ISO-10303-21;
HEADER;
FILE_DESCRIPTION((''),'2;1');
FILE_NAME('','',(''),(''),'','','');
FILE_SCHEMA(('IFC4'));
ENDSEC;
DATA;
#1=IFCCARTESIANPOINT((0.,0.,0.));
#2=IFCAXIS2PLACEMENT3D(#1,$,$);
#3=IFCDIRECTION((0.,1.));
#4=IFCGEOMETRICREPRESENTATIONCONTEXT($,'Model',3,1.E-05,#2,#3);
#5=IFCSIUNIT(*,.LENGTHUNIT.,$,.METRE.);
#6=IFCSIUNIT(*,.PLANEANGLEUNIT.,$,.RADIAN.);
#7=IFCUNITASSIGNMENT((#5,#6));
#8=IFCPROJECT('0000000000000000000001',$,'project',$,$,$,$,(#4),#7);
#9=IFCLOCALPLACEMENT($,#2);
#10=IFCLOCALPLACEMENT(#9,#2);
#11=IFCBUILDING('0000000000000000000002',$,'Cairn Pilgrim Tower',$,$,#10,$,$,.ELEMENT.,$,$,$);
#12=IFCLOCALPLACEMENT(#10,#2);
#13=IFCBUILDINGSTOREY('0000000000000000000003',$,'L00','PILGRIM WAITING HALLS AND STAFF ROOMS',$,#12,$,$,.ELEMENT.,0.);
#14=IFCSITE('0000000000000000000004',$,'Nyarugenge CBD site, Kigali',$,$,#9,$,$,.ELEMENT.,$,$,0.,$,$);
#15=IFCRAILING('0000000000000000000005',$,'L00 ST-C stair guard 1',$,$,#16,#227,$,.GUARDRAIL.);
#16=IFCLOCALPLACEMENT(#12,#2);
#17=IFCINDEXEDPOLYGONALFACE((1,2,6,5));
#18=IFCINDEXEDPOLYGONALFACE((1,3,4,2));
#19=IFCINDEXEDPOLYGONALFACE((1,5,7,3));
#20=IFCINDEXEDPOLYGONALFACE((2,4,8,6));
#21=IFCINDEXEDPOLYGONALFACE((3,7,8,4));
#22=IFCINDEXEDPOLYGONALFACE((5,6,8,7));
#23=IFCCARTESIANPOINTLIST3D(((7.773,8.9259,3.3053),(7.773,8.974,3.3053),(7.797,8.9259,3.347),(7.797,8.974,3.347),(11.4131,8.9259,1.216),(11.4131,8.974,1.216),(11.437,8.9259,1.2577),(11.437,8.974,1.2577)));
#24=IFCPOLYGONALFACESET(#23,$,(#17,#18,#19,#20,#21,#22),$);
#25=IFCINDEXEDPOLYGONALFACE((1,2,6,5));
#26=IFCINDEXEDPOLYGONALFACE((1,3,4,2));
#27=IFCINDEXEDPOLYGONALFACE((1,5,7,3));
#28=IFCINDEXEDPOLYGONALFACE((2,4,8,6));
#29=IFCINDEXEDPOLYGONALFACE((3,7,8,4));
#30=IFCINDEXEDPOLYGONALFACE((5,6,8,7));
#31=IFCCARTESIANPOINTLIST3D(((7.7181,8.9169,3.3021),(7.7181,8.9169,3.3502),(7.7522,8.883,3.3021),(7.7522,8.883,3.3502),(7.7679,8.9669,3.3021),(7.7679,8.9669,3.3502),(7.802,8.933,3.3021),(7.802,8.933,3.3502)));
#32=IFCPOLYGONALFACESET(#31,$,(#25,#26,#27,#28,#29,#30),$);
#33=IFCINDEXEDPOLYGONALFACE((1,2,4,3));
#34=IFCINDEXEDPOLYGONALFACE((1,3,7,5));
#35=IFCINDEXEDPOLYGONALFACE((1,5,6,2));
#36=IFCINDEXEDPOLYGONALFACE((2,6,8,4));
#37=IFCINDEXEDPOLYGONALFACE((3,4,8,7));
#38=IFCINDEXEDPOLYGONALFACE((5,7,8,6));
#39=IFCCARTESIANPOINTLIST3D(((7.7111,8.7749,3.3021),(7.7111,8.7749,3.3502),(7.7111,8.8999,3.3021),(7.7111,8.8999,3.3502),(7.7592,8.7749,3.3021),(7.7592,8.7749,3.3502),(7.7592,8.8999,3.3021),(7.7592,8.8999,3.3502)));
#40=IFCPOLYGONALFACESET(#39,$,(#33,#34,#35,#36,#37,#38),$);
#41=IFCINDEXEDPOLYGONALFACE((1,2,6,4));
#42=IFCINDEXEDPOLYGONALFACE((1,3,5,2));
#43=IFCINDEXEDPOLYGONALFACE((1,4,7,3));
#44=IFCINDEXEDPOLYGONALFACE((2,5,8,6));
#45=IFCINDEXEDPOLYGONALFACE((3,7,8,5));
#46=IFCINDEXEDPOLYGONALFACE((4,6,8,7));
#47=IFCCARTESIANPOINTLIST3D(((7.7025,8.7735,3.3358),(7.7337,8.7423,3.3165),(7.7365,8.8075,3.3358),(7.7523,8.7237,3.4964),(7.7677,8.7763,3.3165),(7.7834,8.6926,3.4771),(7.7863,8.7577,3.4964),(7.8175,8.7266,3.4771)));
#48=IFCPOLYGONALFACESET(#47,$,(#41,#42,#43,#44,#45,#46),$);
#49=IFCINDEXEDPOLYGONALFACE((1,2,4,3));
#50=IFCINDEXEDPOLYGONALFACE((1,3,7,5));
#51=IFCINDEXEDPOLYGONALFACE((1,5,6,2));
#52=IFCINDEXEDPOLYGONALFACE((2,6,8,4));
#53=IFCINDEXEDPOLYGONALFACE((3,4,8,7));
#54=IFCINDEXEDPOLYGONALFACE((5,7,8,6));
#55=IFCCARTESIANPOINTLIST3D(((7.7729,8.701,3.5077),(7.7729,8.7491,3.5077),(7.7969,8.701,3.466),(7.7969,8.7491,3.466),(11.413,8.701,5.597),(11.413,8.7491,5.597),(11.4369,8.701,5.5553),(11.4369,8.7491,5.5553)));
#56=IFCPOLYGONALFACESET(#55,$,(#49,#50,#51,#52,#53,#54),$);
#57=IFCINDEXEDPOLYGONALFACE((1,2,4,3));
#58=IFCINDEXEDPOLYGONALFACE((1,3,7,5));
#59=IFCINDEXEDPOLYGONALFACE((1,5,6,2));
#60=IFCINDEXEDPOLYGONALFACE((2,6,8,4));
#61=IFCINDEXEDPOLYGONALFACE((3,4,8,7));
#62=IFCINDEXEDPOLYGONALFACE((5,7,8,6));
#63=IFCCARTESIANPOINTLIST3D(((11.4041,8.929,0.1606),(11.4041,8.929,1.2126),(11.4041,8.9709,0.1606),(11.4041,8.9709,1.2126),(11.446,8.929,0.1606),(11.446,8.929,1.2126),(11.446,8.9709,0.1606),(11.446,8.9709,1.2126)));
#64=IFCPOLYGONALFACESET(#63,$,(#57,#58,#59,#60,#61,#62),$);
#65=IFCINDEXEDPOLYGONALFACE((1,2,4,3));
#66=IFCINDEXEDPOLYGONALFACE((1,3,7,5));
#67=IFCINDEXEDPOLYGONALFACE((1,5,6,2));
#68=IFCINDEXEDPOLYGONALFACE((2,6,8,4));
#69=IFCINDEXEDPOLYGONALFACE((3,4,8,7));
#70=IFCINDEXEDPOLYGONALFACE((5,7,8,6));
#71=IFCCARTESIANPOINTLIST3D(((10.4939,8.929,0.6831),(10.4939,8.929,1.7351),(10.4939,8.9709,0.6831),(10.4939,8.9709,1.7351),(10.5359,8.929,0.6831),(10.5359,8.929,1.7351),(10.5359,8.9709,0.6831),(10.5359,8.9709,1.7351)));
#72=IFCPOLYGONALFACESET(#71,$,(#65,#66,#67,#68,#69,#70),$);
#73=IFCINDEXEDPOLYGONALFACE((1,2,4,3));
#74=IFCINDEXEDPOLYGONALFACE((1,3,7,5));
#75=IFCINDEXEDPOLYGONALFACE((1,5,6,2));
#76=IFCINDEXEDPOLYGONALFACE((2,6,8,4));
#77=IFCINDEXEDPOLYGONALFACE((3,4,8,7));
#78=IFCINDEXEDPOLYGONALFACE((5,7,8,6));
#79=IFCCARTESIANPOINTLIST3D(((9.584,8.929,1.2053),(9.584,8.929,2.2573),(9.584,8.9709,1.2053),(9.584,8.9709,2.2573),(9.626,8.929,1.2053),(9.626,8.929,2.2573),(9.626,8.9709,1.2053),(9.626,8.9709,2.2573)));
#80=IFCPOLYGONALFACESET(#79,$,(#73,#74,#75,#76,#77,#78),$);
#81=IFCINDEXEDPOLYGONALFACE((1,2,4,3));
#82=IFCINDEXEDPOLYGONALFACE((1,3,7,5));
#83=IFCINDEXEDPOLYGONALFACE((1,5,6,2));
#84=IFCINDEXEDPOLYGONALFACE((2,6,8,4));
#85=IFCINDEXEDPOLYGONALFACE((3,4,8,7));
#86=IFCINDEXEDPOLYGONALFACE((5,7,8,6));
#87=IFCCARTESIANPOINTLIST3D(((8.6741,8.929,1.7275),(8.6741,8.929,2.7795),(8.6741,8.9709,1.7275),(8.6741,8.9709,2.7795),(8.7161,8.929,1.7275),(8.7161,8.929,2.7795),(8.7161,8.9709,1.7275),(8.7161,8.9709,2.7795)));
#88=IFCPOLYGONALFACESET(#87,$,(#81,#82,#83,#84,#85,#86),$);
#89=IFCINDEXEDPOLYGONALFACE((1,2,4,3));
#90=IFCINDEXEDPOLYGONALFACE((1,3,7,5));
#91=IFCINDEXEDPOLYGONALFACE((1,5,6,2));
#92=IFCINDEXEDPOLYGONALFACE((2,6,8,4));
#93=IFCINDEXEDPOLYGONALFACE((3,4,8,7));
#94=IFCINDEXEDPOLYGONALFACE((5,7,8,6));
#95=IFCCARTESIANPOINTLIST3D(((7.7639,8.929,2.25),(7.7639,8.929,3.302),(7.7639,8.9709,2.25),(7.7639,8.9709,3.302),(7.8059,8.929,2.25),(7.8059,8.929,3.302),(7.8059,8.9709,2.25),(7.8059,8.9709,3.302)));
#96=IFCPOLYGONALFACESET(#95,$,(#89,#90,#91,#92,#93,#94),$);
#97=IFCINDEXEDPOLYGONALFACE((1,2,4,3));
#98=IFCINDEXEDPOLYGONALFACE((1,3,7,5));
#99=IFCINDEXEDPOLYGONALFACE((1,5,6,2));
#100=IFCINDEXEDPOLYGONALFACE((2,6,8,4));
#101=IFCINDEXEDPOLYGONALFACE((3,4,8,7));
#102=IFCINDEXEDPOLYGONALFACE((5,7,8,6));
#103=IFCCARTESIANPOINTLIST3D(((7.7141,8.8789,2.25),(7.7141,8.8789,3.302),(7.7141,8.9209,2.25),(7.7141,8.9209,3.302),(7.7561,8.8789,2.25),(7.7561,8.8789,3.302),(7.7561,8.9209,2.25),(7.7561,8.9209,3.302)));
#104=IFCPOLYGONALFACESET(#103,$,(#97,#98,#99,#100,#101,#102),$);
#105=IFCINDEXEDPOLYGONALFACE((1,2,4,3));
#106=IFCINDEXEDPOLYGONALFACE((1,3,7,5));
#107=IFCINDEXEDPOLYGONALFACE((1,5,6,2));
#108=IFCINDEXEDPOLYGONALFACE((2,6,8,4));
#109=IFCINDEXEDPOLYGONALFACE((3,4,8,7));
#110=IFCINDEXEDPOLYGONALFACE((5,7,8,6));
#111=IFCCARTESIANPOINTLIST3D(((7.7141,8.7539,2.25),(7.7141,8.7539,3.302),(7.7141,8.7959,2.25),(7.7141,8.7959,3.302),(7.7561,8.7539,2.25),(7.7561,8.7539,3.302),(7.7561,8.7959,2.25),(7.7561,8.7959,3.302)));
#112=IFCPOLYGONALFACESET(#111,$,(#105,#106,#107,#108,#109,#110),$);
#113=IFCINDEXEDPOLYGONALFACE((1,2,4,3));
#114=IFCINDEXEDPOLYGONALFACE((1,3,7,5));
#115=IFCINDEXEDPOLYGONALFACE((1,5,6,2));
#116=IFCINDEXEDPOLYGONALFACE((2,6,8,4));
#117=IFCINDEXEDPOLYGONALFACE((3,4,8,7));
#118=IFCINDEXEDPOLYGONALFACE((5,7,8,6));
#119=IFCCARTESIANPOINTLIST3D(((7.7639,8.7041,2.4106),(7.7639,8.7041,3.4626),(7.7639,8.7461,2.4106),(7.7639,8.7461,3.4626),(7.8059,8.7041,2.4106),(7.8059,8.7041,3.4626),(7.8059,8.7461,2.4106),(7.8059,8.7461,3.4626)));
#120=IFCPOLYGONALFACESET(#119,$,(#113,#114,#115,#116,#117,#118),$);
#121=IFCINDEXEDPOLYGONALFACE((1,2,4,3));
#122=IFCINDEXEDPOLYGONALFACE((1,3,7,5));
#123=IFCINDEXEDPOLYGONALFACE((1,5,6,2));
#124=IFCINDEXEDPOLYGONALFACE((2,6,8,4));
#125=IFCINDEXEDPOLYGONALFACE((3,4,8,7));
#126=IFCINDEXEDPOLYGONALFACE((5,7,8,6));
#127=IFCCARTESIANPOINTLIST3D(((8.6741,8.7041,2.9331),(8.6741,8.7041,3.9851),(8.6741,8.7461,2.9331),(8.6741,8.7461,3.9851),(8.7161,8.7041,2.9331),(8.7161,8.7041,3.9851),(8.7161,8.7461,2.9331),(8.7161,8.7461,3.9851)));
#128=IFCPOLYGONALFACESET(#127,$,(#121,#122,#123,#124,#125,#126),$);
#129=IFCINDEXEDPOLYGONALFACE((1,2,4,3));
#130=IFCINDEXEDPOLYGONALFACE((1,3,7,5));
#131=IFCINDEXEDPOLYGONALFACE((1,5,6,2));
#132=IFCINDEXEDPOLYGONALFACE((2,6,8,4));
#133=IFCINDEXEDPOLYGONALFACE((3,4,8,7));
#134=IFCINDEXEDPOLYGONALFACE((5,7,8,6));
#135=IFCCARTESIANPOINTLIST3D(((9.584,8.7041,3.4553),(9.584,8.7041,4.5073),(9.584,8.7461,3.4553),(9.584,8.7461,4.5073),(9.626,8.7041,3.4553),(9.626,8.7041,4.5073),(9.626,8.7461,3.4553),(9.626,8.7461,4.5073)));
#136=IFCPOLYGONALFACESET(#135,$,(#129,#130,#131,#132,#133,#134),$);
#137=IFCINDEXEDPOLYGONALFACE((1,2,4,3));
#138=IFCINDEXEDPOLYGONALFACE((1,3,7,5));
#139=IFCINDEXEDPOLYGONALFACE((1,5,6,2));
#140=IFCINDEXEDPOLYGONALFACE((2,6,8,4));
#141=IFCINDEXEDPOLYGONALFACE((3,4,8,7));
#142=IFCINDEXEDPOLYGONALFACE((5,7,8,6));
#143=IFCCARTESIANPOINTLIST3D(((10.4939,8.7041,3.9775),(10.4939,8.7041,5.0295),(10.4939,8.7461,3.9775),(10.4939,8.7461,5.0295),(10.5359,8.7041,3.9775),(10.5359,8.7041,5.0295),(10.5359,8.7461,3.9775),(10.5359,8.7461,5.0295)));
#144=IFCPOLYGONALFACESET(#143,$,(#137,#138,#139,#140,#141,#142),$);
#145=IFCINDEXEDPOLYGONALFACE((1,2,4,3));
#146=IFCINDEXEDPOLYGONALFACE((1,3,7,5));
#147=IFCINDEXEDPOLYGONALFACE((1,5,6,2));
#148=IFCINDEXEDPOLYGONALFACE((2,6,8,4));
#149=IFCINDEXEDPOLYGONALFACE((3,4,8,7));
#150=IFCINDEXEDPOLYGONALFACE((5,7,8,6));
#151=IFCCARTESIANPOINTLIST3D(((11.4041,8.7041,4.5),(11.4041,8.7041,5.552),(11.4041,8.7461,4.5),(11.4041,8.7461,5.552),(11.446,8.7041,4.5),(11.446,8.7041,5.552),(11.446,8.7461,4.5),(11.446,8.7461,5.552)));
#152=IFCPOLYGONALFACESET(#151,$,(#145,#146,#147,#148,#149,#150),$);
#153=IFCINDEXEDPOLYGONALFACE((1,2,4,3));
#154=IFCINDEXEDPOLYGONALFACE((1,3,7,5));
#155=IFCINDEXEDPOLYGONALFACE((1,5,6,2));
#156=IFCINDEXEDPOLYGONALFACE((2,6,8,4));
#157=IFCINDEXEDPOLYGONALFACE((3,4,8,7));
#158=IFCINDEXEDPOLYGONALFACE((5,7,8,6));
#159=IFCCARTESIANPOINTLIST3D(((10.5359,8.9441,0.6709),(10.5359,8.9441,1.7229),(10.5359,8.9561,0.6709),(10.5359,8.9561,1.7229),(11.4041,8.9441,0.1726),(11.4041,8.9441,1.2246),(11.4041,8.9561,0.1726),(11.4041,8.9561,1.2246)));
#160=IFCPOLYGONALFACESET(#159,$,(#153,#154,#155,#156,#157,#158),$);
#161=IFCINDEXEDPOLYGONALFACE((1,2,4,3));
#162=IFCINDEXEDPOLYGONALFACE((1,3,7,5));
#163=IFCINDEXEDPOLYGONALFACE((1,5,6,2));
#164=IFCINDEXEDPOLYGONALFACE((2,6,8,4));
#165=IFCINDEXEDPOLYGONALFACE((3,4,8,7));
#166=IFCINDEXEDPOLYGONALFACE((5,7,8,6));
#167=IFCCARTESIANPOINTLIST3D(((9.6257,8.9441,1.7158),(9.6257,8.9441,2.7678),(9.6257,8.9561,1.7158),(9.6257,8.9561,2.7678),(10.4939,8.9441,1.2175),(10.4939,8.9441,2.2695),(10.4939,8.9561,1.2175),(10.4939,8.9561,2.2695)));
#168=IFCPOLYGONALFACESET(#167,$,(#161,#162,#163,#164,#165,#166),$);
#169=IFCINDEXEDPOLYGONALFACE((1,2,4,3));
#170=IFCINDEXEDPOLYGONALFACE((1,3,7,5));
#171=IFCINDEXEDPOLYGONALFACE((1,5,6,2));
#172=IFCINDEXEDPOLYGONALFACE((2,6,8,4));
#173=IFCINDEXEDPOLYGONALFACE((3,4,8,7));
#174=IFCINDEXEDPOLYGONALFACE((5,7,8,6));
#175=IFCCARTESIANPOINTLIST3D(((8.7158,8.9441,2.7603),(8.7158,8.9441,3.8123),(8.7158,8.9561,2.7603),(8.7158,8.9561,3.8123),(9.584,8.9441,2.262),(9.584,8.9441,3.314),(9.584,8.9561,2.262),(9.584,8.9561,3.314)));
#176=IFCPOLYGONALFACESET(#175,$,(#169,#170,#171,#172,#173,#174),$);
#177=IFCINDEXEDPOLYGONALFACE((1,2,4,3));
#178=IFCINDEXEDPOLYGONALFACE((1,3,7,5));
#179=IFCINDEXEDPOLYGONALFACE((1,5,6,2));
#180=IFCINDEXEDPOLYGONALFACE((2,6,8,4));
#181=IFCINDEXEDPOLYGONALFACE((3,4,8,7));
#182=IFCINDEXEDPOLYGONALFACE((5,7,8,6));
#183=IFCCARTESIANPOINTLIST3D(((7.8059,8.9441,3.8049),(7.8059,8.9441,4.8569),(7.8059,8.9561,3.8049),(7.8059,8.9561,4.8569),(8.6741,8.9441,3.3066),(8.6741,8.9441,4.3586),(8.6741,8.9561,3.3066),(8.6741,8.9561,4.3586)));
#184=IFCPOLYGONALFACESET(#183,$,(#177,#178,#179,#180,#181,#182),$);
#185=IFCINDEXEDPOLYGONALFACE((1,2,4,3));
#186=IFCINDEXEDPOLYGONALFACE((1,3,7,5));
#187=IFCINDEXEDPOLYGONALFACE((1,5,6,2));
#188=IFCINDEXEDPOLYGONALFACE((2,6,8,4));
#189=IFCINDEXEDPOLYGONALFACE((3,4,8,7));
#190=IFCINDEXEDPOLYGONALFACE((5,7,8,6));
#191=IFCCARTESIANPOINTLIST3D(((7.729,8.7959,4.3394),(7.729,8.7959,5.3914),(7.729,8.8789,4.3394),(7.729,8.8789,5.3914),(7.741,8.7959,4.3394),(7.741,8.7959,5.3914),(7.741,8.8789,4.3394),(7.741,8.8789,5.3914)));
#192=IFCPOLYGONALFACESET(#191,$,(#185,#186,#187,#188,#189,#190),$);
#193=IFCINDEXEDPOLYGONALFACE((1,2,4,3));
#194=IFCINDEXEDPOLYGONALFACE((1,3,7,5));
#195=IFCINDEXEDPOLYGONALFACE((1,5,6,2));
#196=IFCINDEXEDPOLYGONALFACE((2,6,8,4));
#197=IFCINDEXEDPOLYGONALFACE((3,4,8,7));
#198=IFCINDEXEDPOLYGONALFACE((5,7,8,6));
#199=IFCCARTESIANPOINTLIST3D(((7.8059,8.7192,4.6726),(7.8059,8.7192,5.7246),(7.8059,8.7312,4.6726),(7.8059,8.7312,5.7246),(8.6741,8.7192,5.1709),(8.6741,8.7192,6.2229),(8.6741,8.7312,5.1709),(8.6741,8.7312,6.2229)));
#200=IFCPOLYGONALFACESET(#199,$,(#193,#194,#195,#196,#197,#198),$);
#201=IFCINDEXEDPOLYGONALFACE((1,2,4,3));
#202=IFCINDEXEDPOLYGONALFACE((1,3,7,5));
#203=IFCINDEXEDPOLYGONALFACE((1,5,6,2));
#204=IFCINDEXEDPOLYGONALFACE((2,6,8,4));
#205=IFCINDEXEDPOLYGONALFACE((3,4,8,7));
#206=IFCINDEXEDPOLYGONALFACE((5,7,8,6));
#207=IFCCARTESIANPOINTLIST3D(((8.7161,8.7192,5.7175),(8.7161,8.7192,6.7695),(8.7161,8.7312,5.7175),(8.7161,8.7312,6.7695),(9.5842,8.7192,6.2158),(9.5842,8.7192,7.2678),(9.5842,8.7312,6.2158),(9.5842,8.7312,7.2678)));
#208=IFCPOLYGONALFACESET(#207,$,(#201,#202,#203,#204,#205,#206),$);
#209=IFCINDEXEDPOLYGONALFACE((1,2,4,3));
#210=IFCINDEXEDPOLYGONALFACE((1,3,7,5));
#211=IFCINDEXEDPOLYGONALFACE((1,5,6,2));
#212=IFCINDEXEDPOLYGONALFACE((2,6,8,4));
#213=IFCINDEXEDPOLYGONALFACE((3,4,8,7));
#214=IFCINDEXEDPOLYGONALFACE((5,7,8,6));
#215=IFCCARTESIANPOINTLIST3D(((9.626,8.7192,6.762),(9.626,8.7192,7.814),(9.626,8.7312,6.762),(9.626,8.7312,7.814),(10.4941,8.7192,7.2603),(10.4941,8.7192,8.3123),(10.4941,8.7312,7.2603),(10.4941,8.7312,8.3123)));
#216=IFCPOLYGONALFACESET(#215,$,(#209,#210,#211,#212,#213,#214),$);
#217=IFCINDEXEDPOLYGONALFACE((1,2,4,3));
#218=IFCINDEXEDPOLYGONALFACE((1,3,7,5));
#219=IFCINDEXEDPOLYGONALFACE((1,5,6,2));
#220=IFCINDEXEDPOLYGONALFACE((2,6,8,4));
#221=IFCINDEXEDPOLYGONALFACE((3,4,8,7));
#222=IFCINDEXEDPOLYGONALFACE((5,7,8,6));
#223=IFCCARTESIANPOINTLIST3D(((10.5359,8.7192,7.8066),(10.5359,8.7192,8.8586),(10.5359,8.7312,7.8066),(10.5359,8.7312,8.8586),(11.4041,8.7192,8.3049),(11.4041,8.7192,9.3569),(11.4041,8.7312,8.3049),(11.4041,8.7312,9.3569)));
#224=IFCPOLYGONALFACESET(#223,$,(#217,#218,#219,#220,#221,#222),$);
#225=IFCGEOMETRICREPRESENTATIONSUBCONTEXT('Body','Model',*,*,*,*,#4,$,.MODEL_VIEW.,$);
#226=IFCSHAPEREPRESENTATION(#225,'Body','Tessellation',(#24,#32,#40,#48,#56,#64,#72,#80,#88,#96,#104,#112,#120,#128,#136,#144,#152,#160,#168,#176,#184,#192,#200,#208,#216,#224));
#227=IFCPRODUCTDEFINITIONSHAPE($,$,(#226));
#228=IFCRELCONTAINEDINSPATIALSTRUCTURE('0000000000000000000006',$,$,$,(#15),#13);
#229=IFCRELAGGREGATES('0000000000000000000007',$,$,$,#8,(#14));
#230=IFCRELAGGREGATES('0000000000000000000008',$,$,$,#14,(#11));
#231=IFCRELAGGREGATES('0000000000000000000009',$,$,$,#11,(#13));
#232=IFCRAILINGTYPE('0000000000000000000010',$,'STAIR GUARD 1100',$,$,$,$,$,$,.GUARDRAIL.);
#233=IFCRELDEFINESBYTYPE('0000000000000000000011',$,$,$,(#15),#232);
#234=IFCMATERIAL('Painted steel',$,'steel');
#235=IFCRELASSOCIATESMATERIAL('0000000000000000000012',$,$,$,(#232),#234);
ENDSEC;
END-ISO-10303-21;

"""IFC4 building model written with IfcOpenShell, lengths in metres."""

from ifc_helpers import new_model, si_unit, direction, frame, origin, origin_2d, place, context, subcontext, project, spatial, polyline, rectangle, outline, extrude, material, type_object, element, save


model = new_model("IFC4")

# Units and contexts
model_context = context("Model", 3, precision=1e-05, world=origin(), true_north=direction((0.0, 1.0)))
body_context = subcontext(model_context, "Body", "Model", "MODEL_VIEW")
ifc_project = project(units=[si_unit("LENGTHUNIT", "METRE"), si_unit("PLANEANGLEUNIT", "RADIAN")], contexts=[model_context])

# Site, building, storey
site_placement = place(None, origin())
site = spatial("IfcSite", under=ifc_project, at=site_placement, Name="Nyarugenge CBD site, Kigali", CompositionType="ELEMENT", RefElevation=0.0)
building_placement = place(site_placement, origin())
building = spatial("IfcBuilding", under=site, at=building_placement, Name="Cairn Pilgrim Tower", CompositionType="ELEMENT")
storey_placement = place(building_placement, origin())
storey = spatial("IfcBuildingStorey", under=building, at=storey_placement, Name="L00", Description="PILGRIM WAITING HALLS AND STAFF ROOMS", CompositionType="ELEMENT", Elevation=0.0)

# Shared definitions
ifc_material_1 = material(Name="Painted steel", Category="steel")

# Railing
railing_type_1 = type_object("IfcRailingType", Name="STAIR GUARD 1100", PredefinedType="GUARDRAIL", material=ifc_material_1)
railing_1_placement = place(storey_placement, frame((11.425, 8.95, 0.1606)))
element("IfcRailing", 1, at=railing_1_placement, inside=storey, type_object=railing_type_1, Name="L00 ST-C stair guard 1", PredefinedType="GUARDRAIL", context=body_context, shape_type="SweptSolid", body=[
    extrude(rectangle(XDim=0.0481, YDim=0.0481, at=origin_2d()), frame((0.0, 0.0, 1.0762), z_axis=(-0.867289, 0.0, 0.497804), x_axis=(0.0, -1.0, 0.0)), (0.0, 0.0, 1.0), 4.197),
    extrude(rectangle(XDim=0.0481, YDim=0.0481, at=origin_2d()), frame((-3.6401, 0.0, 3.1655), z_axis=(-0.705376, -0.708834, 0.0), x_axis=(0.708834, -0.705376, 0.0)), (0.0, 0.0, 1.0), 0.0706),
    extrude(rectangle(XDim=0.0481, YDim=0.0481, at=origin_2d()), frame((-3.6899, -0.05, 3.1655), z_axis=(0.0, -1.0, 0.0), x_axis=(1.0, 0.0, 0.0)), (0.0, 0.0, 1.0), 0.125),
    extrude(rectangle(XDim=0.0481, YDim=0.0481, at=origin_2d()), frame((-3.6899, -0.175, 3.1655), z_axis=(0.283938, -0.283938, 0.915838), x_axis=(0.707107, 0.707107, 0.0)), (0.0, 0.0, 1.0), 0.1753),
    extrude(rectangle(XDim=0.0481, YDim=0.0481, at=origin_2d()), frame((-3.6401, -0.2249, 3.3262), z_axis=(0.867289, 0.0, 0.497804), x_axis=(0.0, 1.0, 0.0)), (0.0, 0.0, 1.0), 4.197),
    extrude(rectangle(XDim=0.042, YDim=0.042, at=origin_2d()), origin(), (0.0, 0.0, 1.0), 1.052),
    extrude(rectangle(XDim=0.042, YDim=0.042, at=origin_2d()), frame((-0.9102, 0.0, 0.5225)), (0.0, 0.0, 1.0), 1.052),
    extrude(rectangle(XDim=0.042, YDim=0.042, at=origin_2d()), frame((-1.8201, 0.0, 1.0447)), (0.0, 0.0, 1.0), 1.052),
    extrude(rectangle(XDim=0.042, YDim=0.042, at=origin_2d()), frame((-2.73, 0.0, 1.5669)), (0.0, 0.0, 1.0), 1.052),
    extrude(rectangle(XDim=0.042, YDim=0.042, at=origin_2d()), frame((-3.6401, 0.0, 2.0894)), (0.0, 0.0, 1.0), 1.052),
    extrude(rectangle(XDim=0.042, YDim=0.042, at=origin_2d()), frame((-3.6899, -0.05, 2.0894)), (0.0, 0.0, 1.0), 1.052),
    extrude(rectangle(XDim=0.042, YDim=0.042, at=origin_2d()), frame((-3.6899, -0.175, 2.0894)), (0.0, 0.0, 1.0), 1.052),
    extrude(rectangle(XDim=0.042, YDim=0.042, at=origin_2d()), frame((-3.6401, -0.2249, 2.25)), (0.0, 0.0, 1.0), 1.052),
    extrude(rectangle(XDim=0.042, YDim=0.042, at=origin_2d()), frame((-2.73, -0.2249, 2.7725)), (0.0, 0.0, 1.0), 1.052),
    extrude(rectangle(XDim=0.042, YDim=0.042, at=origin_2d()), frame((-1.8201, -0.2249, 3.2947)), (0.0, 0.0, 1.0), 1.052),
    extrude(rectangle(XDim=0.042, YDim=0.042, at=origin_2d()), frame((-0.9102, -0.2249, 3.8169)), (0.0, 0.0, 1.0), 1.052),
    extrude(rectangle(XDim=0.042, YDim=0.042, at=origin_2d()), frame((0.0, -0.2249, 4.3394)), (0.0, 0.0, 1.0), 1.052),
    extrude(outline(polyline([(0.021, 0.012), (0.8892, 0.5103), (0.8892, 1.5623), (0.021, 1.064), (0.021, 0.012)])), frame((0.0, -0.0059, 0.0), z_axis=(0.0, 1.0, 0.0), x_axis=(-1.0, 0.0, 0.0)), (0.0, 0.0, 1.0), 0.012),
    extrude(outline(polyline([(0.021, 0.5344), (0.8892, 1.0327), (0.8892, 2.0847), (0.021, 1.5864), (0.021, 0.5344)])), frame((-0.9102, -0.0059, 0.5225), z_axis=(0.0, 1.0, 0.0), x_axis=(-1.0, 0.0, 0.0)), (0.0, 0.0, 1.0), 0.012),
    extrude(outline(polyline([(0.021, 1.0566), (0.8892, 1.5549), (0.8892, 2.6069), (0.021, 2.1086), (0.021, 1.0566)])), frame((-1.8201, -0.0059, 1.0447), z_axis=(0.0, 1.0, 0.0), x_axis=(-1.0, 0.0, 0.0)), (0.0, 0.0, 1.0), 0.012),
    extrude(outline(polyline([(0.021, 1.5791), (0.8892, 2.0774), (0.8892, 3.1294), (0.021, 2.6311), (0.021, 1.5791)])), frame((-2.73, -0.0059, 1.5669), z_axis=(0.0, 1.0, 0.0), x_axis=(-1.0, 0.0, 0.0)), (0.0, 0.0, 1.0), 0.012),
    extrude(outline(polyline([(0.021, 2.0894), (0.104, 2.0894), (0.104, 3.1414), (0.021, 3.1414), (0.021, 2.0894)])), frame((-3.6841, -0.05, 2.0894), z_axis=(-1.0, 0.0, 0.0), x_axis=(0.0, -1.0, 0.0)), (0.0, 0.0, 1.0), 0.012),
    extrude(outline(polyline([(0.021, 2.262), (0.8892, 2.7603), (0.8892, 3.8123), (0.021, 3.314), (0.021, 2.262)])), frame((-3.6401, -0.2188, 2.25), z_axis=(0.0, -1.0, 0.0), x_axis=(1.0, 0.0, 0.0)), (0.0, 0.0, 1.0), 0.012),
    extrude(outline(polyline([(0.021, 2.7844), (0.8892, 3.2827), (0.8892, 4.3347), (0.021, 3.8364), (0.021, 2.7844)])), frame((-2.73, -0.2188, 2.7725), z_axis=(0.0, -1.0, 0.0), x_axis=(1.0, 0.0, 0.0)), (0.0, 0.0, 1.0), 0.012),
    extrude(outline(polyline([(0.021, 3.3066), (0.8892, 3.8049), (0.8892, 4.8569), (0.021, 4.3586), (0.021, 3.3066)])), frame((-1.8201, -0.2188, 3.2947), z_axis=(0.0, -1.0, 0.0), x_axis=(1.0, 0.0, 0.0)), (0.0, 0.0, 1.0), 0.012),
    extrude(outline(polyline([(0.021, 3.8291), (0.8892, 4.3274), (0.8892, 5.3794), (0.021, 4.8811), (0.021, 3.8291)])), frame((-0.9102, -0.2188, 3.8169), z_axis=(0.0, -1.0, 0.0), x_axis=(1.0, 0.0, 0.0)), (0.0, 0.0, 1.0), 0.012),
])

save(model, "model.ifc")
